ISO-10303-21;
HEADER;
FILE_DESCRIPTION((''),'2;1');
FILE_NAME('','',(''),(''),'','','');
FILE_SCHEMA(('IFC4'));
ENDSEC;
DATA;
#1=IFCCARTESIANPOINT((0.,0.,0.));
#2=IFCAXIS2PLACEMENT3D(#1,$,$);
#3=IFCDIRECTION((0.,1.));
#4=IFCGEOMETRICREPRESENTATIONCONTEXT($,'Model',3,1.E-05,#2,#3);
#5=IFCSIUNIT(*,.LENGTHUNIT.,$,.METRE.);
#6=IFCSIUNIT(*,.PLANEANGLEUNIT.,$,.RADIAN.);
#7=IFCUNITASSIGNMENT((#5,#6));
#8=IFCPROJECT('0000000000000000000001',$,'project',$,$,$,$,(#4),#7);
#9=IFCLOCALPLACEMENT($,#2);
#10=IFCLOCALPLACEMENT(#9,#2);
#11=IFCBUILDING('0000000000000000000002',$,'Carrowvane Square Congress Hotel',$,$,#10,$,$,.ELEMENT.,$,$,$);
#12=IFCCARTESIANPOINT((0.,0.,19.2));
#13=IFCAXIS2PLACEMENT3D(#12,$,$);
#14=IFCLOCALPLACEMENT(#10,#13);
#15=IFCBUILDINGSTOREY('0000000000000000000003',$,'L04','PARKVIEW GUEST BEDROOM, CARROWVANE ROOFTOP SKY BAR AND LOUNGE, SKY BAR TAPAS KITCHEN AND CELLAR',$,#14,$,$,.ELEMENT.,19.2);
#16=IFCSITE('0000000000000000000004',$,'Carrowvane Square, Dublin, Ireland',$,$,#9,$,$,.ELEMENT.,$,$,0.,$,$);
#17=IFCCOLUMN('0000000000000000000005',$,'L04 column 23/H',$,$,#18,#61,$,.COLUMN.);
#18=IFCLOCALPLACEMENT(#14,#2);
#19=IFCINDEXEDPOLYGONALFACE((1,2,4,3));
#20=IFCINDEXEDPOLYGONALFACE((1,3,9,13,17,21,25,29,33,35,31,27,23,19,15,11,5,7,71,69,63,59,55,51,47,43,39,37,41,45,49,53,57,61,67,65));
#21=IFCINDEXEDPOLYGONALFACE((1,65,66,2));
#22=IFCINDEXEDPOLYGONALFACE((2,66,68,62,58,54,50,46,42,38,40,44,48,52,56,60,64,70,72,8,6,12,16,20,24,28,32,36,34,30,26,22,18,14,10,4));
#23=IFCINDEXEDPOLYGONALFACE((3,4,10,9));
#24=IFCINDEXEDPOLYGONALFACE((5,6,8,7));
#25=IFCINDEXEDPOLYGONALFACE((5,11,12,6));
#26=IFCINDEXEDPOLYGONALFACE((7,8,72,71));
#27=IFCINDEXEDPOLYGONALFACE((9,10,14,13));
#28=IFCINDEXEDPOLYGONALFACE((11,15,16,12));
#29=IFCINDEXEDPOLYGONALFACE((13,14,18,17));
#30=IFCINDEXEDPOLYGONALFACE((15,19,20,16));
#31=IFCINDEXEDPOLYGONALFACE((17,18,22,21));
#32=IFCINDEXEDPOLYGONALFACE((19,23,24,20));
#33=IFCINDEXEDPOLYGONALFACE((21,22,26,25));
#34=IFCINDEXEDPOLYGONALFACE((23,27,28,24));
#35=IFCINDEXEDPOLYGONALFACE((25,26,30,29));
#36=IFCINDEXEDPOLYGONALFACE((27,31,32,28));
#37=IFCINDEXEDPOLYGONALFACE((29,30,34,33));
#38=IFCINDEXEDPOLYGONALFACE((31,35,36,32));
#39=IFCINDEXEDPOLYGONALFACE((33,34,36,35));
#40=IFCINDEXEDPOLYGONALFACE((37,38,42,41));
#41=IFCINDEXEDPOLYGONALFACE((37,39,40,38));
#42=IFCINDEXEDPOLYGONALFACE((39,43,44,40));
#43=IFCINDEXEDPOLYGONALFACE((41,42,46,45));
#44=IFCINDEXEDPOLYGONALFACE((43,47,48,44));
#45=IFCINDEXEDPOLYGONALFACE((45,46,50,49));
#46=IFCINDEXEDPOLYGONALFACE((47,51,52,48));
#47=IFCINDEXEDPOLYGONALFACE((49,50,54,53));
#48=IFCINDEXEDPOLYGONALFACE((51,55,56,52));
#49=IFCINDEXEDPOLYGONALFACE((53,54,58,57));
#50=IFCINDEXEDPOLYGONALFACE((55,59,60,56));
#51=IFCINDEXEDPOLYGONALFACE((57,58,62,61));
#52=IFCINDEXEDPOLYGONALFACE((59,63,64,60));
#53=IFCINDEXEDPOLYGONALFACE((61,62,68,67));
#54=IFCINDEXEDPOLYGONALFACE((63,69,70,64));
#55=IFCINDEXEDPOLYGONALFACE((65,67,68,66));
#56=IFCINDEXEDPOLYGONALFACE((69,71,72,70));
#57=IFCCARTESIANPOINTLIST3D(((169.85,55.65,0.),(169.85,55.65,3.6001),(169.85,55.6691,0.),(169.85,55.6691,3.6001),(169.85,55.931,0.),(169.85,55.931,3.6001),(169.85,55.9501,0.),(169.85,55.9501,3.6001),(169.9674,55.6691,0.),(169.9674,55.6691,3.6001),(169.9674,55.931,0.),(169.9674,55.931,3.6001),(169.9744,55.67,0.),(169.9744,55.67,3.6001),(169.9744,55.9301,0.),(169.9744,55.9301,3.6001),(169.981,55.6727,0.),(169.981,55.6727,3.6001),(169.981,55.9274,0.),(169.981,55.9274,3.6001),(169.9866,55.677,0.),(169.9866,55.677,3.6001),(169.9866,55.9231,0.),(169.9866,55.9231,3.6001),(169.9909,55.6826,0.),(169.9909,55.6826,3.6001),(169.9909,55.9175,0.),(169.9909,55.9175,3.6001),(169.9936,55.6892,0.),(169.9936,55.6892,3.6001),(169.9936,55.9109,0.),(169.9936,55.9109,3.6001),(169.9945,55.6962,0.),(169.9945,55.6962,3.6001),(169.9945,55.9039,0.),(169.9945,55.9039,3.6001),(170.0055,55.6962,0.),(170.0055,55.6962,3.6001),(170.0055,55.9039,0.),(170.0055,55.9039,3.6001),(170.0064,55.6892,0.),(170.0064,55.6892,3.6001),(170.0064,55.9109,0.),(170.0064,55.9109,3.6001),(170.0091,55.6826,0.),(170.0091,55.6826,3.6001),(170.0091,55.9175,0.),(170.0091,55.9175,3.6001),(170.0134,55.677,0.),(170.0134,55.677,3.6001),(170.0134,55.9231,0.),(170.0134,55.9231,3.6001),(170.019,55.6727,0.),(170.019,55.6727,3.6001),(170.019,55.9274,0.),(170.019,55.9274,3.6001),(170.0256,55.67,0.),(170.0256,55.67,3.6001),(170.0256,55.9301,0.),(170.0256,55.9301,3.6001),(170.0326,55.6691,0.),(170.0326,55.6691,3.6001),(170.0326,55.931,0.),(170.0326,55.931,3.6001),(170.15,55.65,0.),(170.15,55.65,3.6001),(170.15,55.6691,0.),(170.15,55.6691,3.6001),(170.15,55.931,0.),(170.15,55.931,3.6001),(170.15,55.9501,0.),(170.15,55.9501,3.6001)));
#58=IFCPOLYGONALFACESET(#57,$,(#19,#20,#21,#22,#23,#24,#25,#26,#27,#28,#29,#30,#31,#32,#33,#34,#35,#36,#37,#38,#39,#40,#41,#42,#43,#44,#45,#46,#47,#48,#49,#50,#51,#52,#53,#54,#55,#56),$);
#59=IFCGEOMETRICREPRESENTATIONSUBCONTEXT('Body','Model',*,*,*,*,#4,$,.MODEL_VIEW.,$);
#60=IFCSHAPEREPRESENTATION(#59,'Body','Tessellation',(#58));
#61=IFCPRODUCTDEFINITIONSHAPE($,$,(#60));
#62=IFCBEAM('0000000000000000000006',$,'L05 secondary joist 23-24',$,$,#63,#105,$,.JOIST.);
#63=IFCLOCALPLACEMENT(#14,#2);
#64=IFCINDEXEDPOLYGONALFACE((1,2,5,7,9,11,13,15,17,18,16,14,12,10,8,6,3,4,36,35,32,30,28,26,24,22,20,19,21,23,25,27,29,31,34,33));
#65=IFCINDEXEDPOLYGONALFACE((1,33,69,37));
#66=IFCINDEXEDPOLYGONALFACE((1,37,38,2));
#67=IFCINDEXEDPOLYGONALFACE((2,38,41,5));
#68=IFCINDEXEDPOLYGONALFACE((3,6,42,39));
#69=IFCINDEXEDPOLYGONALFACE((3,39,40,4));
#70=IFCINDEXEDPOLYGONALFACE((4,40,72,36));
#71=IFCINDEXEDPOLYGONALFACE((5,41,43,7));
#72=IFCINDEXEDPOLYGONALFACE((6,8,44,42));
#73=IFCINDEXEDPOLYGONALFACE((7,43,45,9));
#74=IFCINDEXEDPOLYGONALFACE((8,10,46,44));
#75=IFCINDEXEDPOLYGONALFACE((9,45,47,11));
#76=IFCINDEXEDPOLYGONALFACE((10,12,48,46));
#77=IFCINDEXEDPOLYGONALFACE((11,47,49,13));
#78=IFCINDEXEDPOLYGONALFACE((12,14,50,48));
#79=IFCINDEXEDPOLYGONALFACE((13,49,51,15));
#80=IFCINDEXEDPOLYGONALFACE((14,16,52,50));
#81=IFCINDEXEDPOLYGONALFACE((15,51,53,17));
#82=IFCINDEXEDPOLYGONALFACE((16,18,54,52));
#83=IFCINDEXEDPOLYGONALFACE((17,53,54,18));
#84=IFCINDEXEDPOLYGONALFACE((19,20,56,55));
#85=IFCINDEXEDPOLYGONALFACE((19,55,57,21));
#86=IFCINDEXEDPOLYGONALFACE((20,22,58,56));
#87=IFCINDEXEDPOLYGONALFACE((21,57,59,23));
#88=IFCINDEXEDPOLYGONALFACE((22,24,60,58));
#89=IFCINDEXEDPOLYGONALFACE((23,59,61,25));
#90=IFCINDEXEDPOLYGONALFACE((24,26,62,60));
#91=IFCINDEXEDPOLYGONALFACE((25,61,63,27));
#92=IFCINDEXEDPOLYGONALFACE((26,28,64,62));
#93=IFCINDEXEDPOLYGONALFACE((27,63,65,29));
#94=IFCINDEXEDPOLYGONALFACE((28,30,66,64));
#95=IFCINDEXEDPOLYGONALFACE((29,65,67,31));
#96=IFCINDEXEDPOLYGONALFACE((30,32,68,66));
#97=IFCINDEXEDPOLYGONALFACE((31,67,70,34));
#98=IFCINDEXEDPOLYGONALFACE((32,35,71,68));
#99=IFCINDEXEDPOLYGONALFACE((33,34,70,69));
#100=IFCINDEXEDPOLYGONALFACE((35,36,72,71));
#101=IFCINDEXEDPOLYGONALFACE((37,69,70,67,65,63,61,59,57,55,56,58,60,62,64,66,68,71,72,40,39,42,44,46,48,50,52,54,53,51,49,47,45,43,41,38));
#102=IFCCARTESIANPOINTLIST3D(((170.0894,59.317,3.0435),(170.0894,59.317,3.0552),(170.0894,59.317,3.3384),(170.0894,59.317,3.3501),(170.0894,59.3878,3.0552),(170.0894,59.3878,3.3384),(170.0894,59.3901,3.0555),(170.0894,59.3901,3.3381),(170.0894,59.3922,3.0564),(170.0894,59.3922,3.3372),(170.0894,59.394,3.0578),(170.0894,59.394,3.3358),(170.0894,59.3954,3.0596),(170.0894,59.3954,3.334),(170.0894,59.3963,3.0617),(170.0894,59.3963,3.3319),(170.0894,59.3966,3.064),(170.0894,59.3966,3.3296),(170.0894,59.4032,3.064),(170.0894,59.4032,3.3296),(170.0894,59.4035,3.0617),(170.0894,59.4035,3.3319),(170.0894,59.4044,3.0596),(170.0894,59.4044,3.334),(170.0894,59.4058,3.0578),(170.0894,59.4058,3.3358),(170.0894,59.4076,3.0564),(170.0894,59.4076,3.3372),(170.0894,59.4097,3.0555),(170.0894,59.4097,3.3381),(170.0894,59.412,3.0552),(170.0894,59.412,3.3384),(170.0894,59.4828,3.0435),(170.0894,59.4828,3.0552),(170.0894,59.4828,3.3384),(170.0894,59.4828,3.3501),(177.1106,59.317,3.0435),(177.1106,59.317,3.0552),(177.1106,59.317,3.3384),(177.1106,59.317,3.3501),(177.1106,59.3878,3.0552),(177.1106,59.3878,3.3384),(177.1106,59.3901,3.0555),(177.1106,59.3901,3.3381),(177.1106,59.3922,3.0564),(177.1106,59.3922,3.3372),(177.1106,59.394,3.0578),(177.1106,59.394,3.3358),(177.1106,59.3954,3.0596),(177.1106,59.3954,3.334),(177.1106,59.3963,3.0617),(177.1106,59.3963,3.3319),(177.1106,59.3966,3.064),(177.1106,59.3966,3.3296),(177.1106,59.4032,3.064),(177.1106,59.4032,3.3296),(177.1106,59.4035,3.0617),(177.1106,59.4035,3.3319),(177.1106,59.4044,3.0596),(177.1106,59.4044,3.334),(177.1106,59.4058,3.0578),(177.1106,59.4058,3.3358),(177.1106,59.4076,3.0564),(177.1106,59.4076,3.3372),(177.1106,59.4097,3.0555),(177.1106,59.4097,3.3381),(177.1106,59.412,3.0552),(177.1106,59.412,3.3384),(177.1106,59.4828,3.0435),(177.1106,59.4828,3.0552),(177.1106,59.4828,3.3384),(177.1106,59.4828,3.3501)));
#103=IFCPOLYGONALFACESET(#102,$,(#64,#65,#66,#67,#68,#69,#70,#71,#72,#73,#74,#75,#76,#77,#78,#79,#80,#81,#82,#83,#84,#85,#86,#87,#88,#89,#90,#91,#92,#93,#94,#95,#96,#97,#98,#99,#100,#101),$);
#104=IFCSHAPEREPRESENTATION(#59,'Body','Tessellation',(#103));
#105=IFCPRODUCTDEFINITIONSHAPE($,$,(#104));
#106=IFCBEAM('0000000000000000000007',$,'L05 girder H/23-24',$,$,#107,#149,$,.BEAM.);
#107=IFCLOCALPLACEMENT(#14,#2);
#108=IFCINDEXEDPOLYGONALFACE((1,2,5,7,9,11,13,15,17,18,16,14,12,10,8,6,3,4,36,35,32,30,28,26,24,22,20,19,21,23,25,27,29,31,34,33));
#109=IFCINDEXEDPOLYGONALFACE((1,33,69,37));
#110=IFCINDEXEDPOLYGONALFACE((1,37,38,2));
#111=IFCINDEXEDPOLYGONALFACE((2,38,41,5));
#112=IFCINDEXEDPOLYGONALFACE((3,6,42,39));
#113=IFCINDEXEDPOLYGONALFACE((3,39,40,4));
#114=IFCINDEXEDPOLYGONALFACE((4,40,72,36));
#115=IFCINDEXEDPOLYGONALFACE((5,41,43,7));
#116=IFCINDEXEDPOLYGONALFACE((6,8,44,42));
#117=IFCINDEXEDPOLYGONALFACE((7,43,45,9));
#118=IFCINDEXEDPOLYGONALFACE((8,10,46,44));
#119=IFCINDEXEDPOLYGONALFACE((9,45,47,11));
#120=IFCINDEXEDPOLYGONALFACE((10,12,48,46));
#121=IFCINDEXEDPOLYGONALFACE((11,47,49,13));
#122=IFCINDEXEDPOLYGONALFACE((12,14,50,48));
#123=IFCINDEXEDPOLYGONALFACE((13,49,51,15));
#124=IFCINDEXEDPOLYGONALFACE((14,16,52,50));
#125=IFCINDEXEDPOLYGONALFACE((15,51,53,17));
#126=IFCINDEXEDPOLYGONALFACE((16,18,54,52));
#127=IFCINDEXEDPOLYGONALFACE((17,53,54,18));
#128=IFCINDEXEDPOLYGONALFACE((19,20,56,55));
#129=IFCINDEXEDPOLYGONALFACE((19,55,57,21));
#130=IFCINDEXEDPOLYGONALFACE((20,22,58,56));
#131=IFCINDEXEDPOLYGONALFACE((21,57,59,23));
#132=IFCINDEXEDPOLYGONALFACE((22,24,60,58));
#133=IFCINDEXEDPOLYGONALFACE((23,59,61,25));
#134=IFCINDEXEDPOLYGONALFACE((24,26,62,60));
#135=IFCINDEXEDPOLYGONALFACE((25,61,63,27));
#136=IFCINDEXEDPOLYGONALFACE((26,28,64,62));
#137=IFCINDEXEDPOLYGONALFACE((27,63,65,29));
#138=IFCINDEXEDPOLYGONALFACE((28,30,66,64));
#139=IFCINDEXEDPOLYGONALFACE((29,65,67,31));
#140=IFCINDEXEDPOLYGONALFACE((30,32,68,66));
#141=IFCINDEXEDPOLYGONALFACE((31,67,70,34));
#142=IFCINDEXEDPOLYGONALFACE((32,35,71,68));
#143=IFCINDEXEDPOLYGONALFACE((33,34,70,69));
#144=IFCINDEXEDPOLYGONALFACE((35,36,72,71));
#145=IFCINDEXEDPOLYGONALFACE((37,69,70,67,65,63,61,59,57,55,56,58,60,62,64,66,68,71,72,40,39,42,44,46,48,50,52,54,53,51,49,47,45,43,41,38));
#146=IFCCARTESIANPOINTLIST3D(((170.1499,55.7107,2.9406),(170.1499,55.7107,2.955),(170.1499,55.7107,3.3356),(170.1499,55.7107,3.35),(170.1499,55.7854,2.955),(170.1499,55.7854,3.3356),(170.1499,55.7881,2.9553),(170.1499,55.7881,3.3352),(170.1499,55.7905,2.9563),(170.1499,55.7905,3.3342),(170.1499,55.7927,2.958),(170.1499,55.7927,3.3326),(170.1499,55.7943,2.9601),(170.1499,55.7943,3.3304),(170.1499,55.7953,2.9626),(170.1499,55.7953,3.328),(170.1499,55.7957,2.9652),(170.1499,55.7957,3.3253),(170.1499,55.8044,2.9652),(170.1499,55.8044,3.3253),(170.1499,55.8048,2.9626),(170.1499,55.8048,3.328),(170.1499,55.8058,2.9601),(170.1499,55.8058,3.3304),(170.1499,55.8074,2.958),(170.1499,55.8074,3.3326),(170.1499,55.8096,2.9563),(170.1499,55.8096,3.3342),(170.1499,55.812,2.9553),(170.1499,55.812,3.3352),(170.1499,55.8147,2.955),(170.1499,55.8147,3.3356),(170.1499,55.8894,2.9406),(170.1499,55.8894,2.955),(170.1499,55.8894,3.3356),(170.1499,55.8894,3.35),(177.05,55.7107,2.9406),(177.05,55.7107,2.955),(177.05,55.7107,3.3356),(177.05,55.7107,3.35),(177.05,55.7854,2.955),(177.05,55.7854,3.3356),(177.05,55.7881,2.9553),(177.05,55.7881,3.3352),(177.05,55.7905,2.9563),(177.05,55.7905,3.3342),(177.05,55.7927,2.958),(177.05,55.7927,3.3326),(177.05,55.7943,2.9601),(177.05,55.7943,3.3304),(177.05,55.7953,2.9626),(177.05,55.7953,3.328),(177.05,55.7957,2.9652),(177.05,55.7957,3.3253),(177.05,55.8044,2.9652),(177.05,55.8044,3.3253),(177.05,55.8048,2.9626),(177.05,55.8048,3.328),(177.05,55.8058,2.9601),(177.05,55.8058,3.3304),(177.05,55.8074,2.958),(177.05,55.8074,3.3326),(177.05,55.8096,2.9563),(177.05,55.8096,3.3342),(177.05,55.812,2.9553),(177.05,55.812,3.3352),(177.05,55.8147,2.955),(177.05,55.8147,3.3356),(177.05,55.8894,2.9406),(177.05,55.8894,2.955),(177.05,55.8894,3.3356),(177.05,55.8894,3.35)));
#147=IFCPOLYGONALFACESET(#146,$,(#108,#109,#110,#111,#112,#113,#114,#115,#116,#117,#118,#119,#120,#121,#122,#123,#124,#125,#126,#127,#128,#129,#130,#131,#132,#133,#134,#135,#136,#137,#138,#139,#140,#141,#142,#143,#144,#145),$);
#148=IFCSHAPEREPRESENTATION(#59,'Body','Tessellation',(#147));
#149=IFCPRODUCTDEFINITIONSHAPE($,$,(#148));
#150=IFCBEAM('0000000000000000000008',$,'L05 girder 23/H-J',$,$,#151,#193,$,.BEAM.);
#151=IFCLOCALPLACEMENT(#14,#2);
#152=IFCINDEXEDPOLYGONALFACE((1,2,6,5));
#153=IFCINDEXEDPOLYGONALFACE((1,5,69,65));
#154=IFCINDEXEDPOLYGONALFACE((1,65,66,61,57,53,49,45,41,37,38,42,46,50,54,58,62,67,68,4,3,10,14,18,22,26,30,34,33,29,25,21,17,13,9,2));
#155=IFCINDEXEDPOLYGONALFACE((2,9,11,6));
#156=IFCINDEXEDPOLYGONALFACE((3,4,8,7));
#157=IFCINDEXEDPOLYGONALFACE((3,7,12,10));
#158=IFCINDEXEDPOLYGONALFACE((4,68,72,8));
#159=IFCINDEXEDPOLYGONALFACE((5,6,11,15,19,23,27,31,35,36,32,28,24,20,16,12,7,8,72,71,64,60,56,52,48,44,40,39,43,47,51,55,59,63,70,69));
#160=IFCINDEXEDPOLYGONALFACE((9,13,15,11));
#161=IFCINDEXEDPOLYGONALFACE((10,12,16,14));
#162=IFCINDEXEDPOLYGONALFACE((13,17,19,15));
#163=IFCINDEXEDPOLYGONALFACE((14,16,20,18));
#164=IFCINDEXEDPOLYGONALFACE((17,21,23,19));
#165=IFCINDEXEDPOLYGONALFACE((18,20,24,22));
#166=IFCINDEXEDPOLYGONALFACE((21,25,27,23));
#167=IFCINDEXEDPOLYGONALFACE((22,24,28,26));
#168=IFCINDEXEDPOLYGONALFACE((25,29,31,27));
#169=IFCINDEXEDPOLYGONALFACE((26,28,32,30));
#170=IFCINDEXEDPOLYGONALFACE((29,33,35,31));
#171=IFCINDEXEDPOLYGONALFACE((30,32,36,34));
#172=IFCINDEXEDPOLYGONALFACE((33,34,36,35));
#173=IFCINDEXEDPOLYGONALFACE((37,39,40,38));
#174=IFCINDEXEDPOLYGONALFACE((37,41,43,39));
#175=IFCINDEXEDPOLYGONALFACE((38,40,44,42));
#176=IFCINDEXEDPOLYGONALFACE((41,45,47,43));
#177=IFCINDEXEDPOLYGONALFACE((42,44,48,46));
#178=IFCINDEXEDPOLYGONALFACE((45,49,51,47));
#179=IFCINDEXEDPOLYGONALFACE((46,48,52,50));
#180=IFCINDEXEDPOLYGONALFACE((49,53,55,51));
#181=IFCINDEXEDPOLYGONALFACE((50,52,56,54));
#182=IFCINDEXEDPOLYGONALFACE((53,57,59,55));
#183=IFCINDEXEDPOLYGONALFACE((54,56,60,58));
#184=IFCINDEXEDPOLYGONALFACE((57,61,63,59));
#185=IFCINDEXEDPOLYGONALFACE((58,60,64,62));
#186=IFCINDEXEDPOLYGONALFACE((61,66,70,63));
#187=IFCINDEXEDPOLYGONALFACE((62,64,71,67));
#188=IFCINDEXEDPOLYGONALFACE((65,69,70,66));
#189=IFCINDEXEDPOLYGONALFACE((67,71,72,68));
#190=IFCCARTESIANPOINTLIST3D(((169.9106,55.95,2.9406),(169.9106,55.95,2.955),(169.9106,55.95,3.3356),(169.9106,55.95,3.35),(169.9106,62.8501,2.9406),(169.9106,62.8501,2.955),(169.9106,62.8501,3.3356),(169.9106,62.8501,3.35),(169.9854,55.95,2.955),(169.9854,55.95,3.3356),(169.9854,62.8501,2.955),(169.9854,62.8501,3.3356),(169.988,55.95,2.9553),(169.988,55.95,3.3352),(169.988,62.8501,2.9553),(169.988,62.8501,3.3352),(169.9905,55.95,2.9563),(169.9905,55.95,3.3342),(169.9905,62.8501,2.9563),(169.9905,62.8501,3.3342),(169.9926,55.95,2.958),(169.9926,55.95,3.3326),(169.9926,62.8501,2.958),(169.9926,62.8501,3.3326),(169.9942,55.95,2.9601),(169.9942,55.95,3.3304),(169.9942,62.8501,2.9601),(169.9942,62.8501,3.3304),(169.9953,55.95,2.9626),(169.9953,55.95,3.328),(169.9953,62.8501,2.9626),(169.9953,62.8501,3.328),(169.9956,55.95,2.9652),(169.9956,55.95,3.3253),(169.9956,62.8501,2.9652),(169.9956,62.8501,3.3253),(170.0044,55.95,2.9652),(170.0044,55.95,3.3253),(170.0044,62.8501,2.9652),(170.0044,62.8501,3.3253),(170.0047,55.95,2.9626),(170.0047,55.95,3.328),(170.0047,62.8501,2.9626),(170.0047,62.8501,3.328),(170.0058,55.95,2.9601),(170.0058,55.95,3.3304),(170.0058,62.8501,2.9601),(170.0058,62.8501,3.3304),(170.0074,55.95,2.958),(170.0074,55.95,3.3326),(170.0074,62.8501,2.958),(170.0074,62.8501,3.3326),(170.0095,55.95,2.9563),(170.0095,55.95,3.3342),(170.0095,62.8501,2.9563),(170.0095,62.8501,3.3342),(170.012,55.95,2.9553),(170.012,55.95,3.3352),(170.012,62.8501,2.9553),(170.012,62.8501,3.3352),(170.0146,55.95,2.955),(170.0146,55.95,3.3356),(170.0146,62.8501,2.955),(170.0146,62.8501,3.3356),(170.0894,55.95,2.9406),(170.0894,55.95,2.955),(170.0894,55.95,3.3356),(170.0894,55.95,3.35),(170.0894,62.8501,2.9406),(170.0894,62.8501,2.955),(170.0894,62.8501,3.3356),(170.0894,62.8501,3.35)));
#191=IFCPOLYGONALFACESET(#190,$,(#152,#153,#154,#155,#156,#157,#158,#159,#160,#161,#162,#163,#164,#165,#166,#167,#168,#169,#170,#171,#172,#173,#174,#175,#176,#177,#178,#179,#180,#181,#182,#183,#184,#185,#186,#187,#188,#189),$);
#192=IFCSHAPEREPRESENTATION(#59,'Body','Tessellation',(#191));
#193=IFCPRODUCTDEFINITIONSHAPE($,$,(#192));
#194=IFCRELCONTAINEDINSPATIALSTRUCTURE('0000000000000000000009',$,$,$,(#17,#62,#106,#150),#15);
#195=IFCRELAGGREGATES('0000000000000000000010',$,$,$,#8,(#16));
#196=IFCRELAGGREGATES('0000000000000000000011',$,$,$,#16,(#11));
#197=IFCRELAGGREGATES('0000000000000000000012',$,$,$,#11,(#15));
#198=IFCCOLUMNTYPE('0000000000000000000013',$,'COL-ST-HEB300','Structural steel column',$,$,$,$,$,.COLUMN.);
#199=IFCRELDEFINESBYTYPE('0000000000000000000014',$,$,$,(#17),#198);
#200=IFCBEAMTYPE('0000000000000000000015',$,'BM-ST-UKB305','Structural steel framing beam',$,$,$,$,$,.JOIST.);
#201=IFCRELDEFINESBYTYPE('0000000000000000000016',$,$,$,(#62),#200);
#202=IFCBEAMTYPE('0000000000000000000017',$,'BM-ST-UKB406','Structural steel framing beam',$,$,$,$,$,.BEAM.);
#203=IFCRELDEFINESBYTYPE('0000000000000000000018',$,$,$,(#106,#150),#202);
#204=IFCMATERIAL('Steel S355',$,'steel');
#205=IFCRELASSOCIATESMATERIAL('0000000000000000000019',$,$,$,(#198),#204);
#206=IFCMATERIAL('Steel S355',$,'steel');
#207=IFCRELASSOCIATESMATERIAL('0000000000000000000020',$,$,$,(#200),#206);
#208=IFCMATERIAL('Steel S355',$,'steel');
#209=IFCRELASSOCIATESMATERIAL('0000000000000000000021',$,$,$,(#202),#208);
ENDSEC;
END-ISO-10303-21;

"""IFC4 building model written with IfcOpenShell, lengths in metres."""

from ifc_helpers import new_model, si_unit, direction, frame, origin, origin_2d, place, context, subcontext, project, spatial, i_section, extrude, material, material_profile, profile_set, type_object, element, save


model = new_model("IFC4")

# Units and contexts
model_context = context("Model", 3, precision=1e-05, world=origin(), true_north=direction((0.0, 1.0)))
body_context = subcontext(model_context, "Body", "Model", "MODEL_VIEW")
ifc_project = project(units=[si_unit("LENGTHUNIT", "METRE"), si_unit("PLANEANGLEUNIT", "RADIAN")], contexts=[model_context])

# Site, building, storey
site_placement = place(None, origin())
site = spatial("IfcSite", under=ifc_project, at=site_placement, Name="Carrowvane Square, Dublin, Ireland", CompositionType="ELEMENT", RefElevation=0.0)
building_placement = place(site_placement, origin())
building = spatial("IfcBuilding", under=site, at=building_placement, Name="Carrowvane Square Congress Hotel", CompositionType="ELEMENT")
storey_placement = place(building_placement, frame((0.0, 0.0, 19.2)))
storey = spatial("IfcBuildingStorey", under=building, at=storey_placement, Name="L04", Description="PARKVIEW GUEST BEDROOM, CARROWVANE ROOFTOP SKY BAR AND LOUNGE, SKY BAR TAPAS KITCHEN AND CELLAR", CompositionType="ELEMENT", Elevation=19.2)

# Column
ifc_material_1 = material(Name="Steel S355", Category="steel")
ifc_material_profile_1 = material_profile(ifc_material_1, i_section(OverallWidth=0.3, OverallDepth=0.3, WebThickness=0.011, FlangeThickness=0.019, FilletRadius=0.0271, at=origin_2d()), Name="HEB 300")
ifc_profile_set_1 = profile_set([ifc_material_profile_1], Name="Steel S355")
column_type = type_object("IfcColumnType", Name="COL-ST-HEB300", Description="Structural steel column", PredefinedType="COLUMN", material=ifc_profile_set_1)
column_placement = place(storey_placement, frame((170.0, 55.8, 0.0), z_axis=(0.0, 0.0, 1.0), x_axis=(1.0, 0.0, 0.0)))
element("IfcColumn", 1, at=column_placement, inside=storey, type_object=column_type, Name="L04 column 23/H", PredefinedType="COLUMN", context=body_context, shape_type="SweptSolid", body=[
    extrude(i_section(OverallWidth=0.3, OverallDepth=0.3, WebThickness=0.011, FlangeThickness=0.019, FilletRadius=0.0271, at=origin_2d()), origin(), (0.0, 0.0, 1.0), 3.6001),
])

# Beams
ifc_material_2 = material(Name="Steel S355", Category="steel")
ifc_material_profile_2 = material_profile(ifc_material_2, i_section(OverallWidth=0.1658, OverallDepth=0.3066, WebThickness=0.0066, FlangeThickness=0.0117, FilletRadius=0.0088, at=origin_2d()), Name="UKB 305x165x46")
ifc_profile_set_2 = profile_set([ifc_material_profile_2], Name="Steel S355")
beam_type_1 = type_object("IfcBeamType", Name="BM-ST-UKB305", Description="Structural steel framing beam", PredefinedType="JOIST", material=ifc_profile_set_2)
beam_placement = place(storey_placement, frame((170.0894, 59.3999, 3.1968), z_axis=(1.0, 0.0, 0.0), x_axis=(0.0, 1.0, 0.0)))
element("IfcBeam", 2, at=beam_placement, inside=storey, type_object=beam_type_1, Name="L05 secondary joist 23-24", PredefinedType="JOIST", context=body_context, shape_type="SweptSolid", body=[
    extrude(i_section(OverallWidth=0.1658, OverallDepth=0.3066, WebThickness=0.0066, FlangeThickness=0.0117, FilletRadius=0.0088, at=origin_2d()), origin(), (0.0, 0.0, 1.0), 7.0212),
])
ifc_material_3 = material(Name="Steel S355", Category="steel")
ifc_material_profile_3 = material_profile(ifc_material_3, i_section(OverallWidth=0.1787, OverallDepth=0.4094, WebThickness=0.0088, FlangeThickness=0.0144, FilletRadius=0.0103, at=origin_2d()), Name="UKB 406x178x67")
ifc_profile_set_3 = profile_set([ifc_material_profile_3], Name="Steel S355")
beam_type_2 = type_object("IfcBeamType", Name="BM-ST-UKB406", Description="Structural steel framing beam", PredefinedType="BEAM", material=ifc_profile_set_3)
for number, where, z_axis, x_axis, name in (
    (3, (170.1499, 55.8, 3.1453), (1.0, 0.0, 0.0), (0.0, 1.0, 0.0), "L05 girder H/23-24"),
    (4, (170.0, 55.95, 3.1453), (0.0, 1.0, 0.0), (-1.0, 0.0, 0.0), "L05 girder 23/H-J"),
):
    element("IfcBeam", number, at=place(storey_placement, frame(where, z_axis=z_axis, x_axis=x_axis)), inside=storey, type_object=beam_type_2, Name=name, PredefinedType="BEAM", context=body_context, shape_type="SweptSolid", body=[
        extrude(i_section(OverallWidth=0.1787, OverallDepth=0.4094, WebThickness=0.0088, FlangeThickness=0.0144, FilletRadius=0.0103, at=origin_2d()), origin(), (0.0, 0.0, 1.0), 6.9001),
    ])

save(model, "model.ifc")
